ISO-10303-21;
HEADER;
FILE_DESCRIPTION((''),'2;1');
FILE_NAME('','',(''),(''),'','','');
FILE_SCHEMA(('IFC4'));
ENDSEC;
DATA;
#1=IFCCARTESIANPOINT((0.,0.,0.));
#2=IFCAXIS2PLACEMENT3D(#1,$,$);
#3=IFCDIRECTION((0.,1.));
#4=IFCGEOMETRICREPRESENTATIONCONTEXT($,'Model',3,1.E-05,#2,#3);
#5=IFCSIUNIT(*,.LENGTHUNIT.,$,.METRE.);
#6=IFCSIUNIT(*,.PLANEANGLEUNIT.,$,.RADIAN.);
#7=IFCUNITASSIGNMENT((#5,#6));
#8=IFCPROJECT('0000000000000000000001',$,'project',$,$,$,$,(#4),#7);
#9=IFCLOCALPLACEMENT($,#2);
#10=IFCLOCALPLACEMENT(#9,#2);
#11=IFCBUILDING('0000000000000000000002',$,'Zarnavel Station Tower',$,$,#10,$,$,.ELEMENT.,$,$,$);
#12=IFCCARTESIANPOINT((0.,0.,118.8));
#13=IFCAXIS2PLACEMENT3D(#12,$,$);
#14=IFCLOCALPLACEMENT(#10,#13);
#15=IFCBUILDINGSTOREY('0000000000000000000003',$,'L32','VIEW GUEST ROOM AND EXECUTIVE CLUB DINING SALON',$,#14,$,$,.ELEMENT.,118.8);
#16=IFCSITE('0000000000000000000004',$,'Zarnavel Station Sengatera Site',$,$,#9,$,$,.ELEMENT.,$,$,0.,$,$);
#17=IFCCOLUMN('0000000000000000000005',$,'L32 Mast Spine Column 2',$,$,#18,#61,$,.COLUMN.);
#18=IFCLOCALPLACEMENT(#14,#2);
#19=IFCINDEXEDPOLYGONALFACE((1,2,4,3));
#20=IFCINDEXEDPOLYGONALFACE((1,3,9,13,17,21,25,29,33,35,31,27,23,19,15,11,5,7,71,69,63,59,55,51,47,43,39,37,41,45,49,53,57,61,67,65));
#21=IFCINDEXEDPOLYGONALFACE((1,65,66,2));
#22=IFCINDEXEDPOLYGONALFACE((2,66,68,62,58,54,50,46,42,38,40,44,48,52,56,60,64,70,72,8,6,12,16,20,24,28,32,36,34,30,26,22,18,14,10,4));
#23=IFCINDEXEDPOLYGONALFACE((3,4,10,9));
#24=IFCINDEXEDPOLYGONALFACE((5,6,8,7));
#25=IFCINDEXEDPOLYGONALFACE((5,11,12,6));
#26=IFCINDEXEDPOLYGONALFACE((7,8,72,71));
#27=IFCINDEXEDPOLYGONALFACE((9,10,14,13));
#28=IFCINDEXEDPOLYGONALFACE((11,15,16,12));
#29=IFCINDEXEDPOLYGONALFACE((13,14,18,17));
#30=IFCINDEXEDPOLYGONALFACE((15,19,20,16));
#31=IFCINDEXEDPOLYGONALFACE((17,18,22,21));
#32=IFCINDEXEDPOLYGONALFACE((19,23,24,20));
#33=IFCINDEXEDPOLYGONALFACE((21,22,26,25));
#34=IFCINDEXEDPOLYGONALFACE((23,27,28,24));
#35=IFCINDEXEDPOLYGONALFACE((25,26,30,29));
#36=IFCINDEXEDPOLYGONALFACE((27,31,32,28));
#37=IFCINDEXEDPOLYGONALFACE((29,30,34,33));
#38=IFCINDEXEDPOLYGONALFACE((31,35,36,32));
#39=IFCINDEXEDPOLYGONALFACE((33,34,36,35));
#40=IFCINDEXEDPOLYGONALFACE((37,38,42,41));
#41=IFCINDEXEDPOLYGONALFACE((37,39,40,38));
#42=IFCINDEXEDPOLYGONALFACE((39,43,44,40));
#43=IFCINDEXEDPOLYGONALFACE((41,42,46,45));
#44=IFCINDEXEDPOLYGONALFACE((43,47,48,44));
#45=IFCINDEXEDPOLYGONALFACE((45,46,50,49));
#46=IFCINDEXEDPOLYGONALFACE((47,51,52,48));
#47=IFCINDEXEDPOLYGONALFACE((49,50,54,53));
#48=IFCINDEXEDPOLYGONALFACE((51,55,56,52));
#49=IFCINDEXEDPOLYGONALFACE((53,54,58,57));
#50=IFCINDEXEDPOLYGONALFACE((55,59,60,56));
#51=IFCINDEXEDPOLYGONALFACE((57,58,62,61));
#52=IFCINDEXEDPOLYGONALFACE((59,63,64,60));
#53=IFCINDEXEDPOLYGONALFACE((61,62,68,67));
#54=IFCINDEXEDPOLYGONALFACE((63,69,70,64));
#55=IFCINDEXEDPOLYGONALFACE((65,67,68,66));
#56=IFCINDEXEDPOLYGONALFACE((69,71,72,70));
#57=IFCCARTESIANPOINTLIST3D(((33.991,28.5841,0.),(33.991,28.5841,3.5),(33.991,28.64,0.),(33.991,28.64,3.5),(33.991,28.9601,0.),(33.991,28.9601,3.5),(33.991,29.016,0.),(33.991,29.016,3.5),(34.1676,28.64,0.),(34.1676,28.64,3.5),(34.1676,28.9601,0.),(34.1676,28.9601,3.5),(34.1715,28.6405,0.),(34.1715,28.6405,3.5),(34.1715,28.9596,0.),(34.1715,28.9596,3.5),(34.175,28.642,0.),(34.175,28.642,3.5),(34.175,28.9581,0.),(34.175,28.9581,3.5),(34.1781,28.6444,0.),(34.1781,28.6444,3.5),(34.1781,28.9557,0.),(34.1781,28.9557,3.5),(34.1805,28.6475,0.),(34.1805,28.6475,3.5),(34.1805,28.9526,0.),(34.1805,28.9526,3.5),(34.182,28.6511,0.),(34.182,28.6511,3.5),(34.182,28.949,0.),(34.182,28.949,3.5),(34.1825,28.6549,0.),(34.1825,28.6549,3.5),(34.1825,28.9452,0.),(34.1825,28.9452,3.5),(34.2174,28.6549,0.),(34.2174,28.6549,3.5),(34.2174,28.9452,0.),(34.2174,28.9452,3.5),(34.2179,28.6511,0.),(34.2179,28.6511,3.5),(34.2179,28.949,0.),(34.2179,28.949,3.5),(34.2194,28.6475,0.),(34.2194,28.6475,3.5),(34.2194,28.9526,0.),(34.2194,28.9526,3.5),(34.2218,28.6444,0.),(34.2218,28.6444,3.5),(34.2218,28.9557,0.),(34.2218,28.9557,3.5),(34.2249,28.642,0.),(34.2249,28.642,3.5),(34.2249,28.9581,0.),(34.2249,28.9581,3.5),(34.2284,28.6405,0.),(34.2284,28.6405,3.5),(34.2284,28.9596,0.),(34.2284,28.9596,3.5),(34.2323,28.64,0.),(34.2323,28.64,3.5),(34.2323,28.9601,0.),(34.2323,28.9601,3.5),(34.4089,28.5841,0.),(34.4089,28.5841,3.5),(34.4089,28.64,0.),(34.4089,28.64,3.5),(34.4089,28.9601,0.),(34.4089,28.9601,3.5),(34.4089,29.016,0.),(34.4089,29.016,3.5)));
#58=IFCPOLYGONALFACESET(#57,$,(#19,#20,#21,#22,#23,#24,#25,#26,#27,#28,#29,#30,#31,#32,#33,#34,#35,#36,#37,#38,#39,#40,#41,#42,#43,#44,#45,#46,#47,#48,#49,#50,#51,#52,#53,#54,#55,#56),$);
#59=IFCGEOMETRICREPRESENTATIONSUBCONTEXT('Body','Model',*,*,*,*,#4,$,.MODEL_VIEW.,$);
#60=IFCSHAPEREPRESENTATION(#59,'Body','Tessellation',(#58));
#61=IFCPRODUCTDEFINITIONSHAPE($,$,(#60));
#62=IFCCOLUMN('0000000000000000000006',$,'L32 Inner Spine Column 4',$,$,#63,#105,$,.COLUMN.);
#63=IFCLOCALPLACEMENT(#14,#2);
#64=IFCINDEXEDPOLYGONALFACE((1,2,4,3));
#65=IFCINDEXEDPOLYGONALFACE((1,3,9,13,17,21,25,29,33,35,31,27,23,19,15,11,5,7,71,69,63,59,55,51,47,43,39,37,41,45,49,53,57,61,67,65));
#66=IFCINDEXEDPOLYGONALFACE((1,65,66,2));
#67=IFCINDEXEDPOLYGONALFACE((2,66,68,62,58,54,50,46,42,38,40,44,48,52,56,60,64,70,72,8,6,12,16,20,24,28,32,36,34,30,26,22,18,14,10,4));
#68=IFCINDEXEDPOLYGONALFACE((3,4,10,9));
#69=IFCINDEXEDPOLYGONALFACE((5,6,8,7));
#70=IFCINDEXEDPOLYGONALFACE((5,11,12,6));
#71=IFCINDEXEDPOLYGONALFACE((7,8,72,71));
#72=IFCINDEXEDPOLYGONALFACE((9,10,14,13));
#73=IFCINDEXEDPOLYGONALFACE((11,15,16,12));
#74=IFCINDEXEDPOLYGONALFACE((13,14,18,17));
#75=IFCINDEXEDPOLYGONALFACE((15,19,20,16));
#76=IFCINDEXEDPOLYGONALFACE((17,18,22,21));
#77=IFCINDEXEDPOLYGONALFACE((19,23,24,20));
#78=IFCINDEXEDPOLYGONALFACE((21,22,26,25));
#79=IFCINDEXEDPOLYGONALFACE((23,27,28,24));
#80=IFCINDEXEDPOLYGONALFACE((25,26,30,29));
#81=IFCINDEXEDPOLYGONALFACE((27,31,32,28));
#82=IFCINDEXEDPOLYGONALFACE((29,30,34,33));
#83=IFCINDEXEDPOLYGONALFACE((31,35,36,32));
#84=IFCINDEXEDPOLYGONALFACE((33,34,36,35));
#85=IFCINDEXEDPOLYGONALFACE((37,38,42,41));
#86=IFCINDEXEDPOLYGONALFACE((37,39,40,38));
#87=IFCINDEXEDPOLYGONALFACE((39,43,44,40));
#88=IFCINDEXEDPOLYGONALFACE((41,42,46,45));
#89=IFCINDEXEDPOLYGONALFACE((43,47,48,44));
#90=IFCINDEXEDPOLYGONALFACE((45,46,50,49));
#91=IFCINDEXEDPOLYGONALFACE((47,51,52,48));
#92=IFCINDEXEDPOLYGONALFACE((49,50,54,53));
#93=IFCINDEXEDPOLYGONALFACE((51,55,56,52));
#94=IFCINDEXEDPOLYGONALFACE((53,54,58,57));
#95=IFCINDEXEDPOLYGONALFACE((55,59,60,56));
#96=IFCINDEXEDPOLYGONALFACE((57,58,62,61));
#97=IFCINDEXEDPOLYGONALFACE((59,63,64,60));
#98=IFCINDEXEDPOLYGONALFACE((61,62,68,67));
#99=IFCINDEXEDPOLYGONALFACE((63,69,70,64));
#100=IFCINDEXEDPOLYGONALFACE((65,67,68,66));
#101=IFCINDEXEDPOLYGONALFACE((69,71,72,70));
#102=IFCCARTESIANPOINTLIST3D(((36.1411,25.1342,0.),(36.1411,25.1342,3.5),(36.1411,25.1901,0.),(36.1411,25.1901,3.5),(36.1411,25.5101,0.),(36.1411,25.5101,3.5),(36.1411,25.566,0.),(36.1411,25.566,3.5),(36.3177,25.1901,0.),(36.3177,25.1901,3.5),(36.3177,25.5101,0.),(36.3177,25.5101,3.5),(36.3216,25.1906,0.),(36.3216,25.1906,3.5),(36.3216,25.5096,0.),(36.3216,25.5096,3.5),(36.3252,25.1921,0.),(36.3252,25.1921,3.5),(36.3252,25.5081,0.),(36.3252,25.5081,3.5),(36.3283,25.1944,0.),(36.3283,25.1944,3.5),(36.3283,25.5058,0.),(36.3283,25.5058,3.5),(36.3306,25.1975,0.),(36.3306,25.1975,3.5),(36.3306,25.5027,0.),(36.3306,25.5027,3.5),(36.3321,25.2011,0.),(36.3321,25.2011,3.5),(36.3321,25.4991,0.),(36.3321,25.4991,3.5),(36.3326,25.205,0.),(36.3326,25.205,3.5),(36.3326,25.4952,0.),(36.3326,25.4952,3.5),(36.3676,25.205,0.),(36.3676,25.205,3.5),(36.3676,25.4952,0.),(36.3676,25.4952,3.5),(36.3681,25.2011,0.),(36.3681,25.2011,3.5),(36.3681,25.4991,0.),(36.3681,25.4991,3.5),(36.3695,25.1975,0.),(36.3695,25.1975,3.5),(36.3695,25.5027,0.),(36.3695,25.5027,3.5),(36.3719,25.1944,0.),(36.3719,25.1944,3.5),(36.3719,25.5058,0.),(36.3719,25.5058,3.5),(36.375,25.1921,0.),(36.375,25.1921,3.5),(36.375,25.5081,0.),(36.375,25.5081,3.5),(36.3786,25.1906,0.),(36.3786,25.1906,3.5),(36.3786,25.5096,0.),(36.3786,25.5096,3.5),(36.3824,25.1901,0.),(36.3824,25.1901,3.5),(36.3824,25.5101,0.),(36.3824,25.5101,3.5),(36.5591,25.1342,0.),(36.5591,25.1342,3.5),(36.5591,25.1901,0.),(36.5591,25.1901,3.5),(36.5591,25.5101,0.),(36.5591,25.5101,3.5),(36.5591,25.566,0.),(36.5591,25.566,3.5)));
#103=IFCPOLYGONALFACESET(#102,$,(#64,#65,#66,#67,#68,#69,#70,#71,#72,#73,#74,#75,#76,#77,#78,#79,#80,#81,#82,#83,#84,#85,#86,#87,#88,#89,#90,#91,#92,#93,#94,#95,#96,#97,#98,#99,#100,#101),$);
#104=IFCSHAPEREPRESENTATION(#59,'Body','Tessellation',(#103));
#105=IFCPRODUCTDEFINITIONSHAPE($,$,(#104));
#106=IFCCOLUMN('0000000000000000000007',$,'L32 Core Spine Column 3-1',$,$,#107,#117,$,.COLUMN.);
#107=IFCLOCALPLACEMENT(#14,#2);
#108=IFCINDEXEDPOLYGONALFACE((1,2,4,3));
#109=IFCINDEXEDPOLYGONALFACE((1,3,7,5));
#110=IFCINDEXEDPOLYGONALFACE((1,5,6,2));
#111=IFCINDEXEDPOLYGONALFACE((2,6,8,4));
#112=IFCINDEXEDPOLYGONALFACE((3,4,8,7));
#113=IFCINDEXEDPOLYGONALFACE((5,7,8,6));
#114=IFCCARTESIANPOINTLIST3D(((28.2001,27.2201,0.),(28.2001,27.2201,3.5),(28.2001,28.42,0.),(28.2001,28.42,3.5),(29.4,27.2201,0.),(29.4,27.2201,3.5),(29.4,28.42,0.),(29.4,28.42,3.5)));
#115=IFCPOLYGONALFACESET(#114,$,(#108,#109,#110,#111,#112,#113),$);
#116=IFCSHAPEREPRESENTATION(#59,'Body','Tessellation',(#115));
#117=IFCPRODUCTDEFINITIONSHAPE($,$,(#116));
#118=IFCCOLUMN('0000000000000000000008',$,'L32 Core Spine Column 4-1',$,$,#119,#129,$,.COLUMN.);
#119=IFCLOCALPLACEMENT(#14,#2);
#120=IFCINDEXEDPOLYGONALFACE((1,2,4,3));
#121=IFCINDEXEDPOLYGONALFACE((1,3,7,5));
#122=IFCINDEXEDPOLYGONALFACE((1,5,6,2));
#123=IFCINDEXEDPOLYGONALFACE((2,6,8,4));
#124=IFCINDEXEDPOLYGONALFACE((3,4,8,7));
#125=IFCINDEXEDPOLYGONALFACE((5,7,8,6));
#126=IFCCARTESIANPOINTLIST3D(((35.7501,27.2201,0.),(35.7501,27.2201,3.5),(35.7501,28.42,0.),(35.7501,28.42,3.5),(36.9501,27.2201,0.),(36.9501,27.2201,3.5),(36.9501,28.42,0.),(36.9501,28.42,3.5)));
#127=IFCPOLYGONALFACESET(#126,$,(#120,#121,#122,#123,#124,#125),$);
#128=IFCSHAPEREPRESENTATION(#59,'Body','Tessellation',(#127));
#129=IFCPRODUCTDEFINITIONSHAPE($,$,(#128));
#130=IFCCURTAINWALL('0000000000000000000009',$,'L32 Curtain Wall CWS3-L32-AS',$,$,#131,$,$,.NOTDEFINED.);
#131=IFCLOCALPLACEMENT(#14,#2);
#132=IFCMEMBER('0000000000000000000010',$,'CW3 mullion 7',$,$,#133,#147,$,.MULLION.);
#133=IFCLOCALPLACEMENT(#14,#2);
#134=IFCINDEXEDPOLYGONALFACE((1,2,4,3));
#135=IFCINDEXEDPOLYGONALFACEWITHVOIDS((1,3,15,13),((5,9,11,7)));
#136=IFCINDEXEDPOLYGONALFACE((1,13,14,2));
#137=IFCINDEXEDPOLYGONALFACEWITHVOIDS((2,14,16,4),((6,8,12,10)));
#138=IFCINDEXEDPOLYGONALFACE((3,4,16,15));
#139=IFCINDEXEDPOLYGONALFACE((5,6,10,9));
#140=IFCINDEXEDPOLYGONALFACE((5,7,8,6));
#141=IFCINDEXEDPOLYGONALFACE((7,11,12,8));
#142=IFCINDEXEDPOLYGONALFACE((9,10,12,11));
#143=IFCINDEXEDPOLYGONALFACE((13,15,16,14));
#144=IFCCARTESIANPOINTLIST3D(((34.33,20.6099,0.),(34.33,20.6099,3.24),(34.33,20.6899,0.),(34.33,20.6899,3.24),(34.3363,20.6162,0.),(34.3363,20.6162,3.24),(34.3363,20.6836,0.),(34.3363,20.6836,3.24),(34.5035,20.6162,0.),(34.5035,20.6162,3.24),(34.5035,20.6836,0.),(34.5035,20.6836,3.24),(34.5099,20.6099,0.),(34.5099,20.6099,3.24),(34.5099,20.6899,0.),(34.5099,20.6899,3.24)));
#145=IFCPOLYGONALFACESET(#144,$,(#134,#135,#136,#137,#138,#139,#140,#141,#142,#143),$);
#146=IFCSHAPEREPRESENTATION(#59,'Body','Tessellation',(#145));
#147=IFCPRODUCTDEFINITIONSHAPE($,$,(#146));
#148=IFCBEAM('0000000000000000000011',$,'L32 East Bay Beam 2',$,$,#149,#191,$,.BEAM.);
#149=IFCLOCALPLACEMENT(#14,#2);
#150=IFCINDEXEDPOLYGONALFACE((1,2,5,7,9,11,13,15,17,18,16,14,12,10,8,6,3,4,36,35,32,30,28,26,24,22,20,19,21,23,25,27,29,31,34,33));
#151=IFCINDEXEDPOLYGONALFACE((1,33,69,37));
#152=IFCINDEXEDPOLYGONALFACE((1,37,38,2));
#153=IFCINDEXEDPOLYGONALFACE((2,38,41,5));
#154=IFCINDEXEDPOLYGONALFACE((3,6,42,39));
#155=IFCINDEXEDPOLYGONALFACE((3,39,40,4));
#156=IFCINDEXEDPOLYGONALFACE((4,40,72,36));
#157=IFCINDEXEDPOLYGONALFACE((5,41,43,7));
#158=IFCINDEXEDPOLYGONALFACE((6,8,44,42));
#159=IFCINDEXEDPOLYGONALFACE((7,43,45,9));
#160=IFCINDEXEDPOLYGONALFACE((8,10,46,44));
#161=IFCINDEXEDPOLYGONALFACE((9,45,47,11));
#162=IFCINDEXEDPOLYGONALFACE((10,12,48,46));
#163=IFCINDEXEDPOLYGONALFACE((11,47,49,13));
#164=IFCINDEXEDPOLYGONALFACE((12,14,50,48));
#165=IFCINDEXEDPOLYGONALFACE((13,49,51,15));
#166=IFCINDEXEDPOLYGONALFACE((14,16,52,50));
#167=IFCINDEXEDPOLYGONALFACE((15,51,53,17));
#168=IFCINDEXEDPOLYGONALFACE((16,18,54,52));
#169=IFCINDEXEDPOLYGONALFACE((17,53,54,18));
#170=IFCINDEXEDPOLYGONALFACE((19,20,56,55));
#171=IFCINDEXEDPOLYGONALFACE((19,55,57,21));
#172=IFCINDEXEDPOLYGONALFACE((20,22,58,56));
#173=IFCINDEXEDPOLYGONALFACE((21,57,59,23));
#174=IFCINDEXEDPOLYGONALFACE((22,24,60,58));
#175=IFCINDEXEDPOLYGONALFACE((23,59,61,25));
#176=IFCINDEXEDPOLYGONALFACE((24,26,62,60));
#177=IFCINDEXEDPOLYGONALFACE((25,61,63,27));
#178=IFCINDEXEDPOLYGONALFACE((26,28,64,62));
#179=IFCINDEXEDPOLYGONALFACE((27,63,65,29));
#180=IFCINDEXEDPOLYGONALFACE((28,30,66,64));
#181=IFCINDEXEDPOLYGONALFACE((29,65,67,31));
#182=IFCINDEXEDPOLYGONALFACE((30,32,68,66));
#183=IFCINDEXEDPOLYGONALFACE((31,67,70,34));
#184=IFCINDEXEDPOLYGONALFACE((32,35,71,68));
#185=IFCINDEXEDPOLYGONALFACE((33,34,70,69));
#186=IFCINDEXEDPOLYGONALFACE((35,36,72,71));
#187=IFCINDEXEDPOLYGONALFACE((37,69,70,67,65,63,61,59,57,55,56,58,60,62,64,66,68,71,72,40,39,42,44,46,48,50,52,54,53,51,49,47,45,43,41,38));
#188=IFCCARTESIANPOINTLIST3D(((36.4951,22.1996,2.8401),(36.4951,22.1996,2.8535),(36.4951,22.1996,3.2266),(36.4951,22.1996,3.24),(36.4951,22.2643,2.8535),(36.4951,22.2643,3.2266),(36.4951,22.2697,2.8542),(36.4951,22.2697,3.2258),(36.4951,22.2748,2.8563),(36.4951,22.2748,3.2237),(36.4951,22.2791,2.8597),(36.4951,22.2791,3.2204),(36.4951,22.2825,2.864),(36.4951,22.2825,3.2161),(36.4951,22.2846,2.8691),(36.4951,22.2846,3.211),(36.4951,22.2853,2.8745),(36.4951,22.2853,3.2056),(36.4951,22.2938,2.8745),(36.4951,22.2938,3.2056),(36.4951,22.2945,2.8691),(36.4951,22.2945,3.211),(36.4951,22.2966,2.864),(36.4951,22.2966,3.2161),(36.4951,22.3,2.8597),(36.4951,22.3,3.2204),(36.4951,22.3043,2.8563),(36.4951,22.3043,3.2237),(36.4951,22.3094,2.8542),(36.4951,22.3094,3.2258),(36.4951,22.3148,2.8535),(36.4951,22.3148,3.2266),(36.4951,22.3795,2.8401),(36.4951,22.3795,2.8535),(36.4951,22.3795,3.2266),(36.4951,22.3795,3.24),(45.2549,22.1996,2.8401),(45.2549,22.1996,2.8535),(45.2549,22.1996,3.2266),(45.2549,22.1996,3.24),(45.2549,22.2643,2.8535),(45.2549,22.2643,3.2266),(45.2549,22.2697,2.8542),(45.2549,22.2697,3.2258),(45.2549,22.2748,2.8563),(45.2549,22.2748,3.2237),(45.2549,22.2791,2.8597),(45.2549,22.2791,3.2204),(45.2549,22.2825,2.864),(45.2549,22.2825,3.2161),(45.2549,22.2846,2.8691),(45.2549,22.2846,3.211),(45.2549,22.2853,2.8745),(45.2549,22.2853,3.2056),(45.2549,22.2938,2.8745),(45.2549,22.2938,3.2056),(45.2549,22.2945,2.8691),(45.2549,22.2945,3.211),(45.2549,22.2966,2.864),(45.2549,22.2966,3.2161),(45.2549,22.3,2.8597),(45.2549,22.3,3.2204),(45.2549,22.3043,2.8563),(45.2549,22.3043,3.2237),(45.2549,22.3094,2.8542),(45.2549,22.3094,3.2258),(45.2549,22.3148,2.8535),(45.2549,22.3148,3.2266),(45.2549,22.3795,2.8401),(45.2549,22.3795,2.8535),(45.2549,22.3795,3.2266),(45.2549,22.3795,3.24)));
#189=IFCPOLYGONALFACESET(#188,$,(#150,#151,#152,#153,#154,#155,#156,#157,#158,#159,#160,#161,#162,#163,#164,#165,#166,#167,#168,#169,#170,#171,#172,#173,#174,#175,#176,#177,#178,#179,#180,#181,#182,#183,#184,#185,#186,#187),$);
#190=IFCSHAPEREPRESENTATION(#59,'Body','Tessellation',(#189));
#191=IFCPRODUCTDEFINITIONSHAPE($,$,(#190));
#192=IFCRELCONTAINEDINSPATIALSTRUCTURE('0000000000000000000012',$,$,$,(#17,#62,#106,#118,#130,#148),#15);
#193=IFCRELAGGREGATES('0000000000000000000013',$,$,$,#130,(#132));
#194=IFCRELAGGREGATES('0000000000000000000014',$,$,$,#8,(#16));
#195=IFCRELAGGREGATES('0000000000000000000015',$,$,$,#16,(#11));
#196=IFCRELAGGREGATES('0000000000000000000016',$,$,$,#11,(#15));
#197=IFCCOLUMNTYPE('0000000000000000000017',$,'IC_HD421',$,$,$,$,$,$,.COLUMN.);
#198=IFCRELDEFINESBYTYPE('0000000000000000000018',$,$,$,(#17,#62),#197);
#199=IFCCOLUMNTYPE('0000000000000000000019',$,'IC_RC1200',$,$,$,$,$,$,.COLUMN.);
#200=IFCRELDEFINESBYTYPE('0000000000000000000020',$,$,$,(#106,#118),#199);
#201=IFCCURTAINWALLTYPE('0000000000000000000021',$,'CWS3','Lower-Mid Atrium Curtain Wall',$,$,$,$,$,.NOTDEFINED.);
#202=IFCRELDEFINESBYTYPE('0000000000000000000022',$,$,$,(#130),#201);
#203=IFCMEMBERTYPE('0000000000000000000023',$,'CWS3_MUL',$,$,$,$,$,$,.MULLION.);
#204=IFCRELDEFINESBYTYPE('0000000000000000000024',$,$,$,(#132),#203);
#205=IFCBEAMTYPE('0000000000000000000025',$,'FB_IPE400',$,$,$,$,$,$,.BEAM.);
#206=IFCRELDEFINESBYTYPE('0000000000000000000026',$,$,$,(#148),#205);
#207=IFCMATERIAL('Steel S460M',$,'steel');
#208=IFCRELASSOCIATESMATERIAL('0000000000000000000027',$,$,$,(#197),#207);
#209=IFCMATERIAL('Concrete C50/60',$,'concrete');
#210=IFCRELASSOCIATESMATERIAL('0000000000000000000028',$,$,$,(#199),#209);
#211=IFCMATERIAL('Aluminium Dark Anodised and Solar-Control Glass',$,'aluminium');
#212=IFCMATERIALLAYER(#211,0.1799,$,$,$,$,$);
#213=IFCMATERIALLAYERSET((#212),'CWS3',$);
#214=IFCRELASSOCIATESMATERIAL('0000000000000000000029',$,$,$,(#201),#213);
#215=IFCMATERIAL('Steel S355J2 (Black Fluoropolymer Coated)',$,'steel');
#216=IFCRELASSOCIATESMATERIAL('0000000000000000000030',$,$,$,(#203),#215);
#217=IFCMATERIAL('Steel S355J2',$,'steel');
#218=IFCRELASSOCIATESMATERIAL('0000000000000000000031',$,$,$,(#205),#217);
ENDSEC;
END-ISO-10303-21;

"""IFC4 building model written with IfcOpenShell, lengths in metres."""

from ifc_helpers import new_model, si_unit, direction, frame, origin, origin_2d, place, context, subcontext, project, spatial, rectangle, hollow_rectangle, i_section, extrude, material, layer, layer_set, material_profile, profile_set, type_object, element, aggregate, save


model = new_model("IFC4")

# Units and contexts
model_context = context("Model", 3, precision=1e-05, world=origin(), true_north=direction((0.0, 1.0)))
body_context = subcontext(model_context, "Body", "Model", "MODEL_VIEW")
ifc_project = project(units=[si_unit("LENGTHUNIT", "METRE"), si_unit("PLANEANGLEUNIT", "RADIAN")], contexts=[model_context])

# Site, building, storey
site_placement = place(None, origin())
site = spatial("IfcSite", under=ifc_project, at=site_placement, Name="Zarnavel Station Sengatera Site", CompositionType="ELEMENT", RefElevation=0.0)
building_placement = place(site_placement, origin())
building = spatial("IfcBuilding", under=site, at=building_placement, Name="Zarnavel Station Tower", CompositionType="ELEMENT")
storey_placement = place(building_placement, frame((0.0, 0.0, 118.8)))
storey = spatial("IfcBuildingStorey", under=building, at=storey_placement, Name="L32", Description="VIEW GUEST ROOM AND EXECUTIVE CLUB DINING SALON", CompositionType="ELEMENT", Elevation=118.8)

# Columns
ifc_material_1 = material(Name="Steel S460M", Category="steel")
ifc_material_profile_1 = material_profile(ifc_material_1, i_section(OverallWidth=0.418, OverallDepth=0.4319, WebThickness=0.0349, FlangeThickness=0.0559, FilletRadius=0.0149, at=origin_2d()), Name="HD400x421")
ifc_profile_set_1 = profile_set([ifc_material_profile_1], Name="Steel S460M")
column_type_1 = type_object("IfcColumnType", Name="IC_HD421", PredefinedType="COLUMN", material=ifc_profile_set_1)
for number, where, z_axis, x_axis, name in (
    (1, (34.2, 28.8, 0.0), (0.0, 0.0, 1.0), (1.0, 0.0, 0.0), "L32 Mast Spine Column 2"),
    (2, (36.3501, 25.3501, 0.0), (0.0, 0.0, 1.0), (1.0, 0.0, 0.0), "L32 Inner Spine Column 4"),
):
    element("IfcColumn", number, at=place(storey_placement, frame(where, z_axis=z_axis, x_axis=x_axis)), inside=storey, type_object=column_type_1, Name=name, PredefinedType="COLUMN", context=body_context, shape_type="SweptSolid", body=[
        extrude(i_section(OverallWidth=0.418, OverallDepth=0.4319, WebThickness=0.0349, FlangeThickness=0.0559, FilletRadius=0.0149, at=origin_2d()), origin(), (0.0, 0.0, 1.0), 3.5),
    ])
ifc_material_2 = material(Name="Concrete C50/60", Category="concrete")
ifc_material_profile_2 = material_profile(ifc_material_2, rectangle(XDim=1.2, YDim=1.2, at=origin_2d()), Name="RC1200x1200")
ifc_profile_set_2 = profile_set([ifc_material_profile_2], Name="Concrete C50/60")
column_type_2 = type_object("IfcColumnType", Name="IC_RC1200", PredefinedType="COLUMN", material=ifc_profile_set_2)
for number, where, z_axis, x_axis, name in (
    (3, (28.8, 27.8201, 0.0), (0.0, 0.0, 1.0), (1.0, 0.0, 0.0), "L32 Core Spine Column 3-1"),
    (4, (36.3501, 27.8201, 0.0), (0.0, 0.0, 1.0), (1.0, 0.0, 0.0), "L32 Core Spine Column 4-1"),
):
    element("IfcColumn", number, at=place(storey_placement, frame(where, z_axis=z_axis, x_axis=x_axis)), inside=storey, type_object=column_type_2, Name=name, PredefinedType="COLUMN", context=body_context, shape_type="SweptSolid", body=[
        extrude(rectangle(XDim=1.2, YDim=1.2, at=origin_2d()), origin(), (0.0, 0.0, 1.0), 3.5),
    ])

# Curtain wall, member
ifc_material_3 = material(Name="Aluminium Dark Anodised and Solar-Control Glass", Category="aluminium")
ifc_layer_1 = layer(ifc_material_3, 0.1799)
ifc_layer_set_1 = layer_set([ifc_layer_1], Name="CWS3")
curtain_wall_type = type_object("IfcCurtainWallType", Name="CWS3", Description="Lower-Mid Atrium Curtain Wall", PredefinedType="NOTDEFINED", material=ifc_layer_set_1)
curtain_wall_placement = place(storey_placement, origin())
curtain_wall = element("IfcCurtainWall", 5, at=curtain_wall_placement, inside=storey, type_object=curtain_wall_type, Name="L32 Curtain Wall CWS3-L32-AS", PredefinedType="NOTDEFINED")
ifc_material_4 = material(Name="Steel S355J2 (Black Fluoropolymer Coated)", Category="steel")
ifc_material_profile_3 = material_profile(ifc_material_4, hollow_rectangle(XDim=0.0801, YDim=0.1799, WallThickness=0.0063, at=origin_2d()), Name="RHS180x80x6.3")
ifc_profile_set_3 = profile_set([ifc_material_profile_3], Name="Steel S355J2 (Black Fluoropolymer Coated)")
member_type = type_object("IfcMemberType", Name="CWS3_MUL", PredefinedType="MULLION", material=ifc_profile_set_3)
member_placement = place(storey_placement, frame((34.4199, 20.6499, 0.0), z_axis=(0.0, 0.0, 1.0), x_axis=(0.0, 1.0, 0.0)))
member = element("IfcMember", 6, at=member_placement, type_object=member_type, Name="CW3 mullion 7", PredefinedType="MULLION", context=body_context, shape_type="SweptSolid", body=[
    extrude(hollow_rectangle(XDim=0.0801, YDim=0.1799, WallThickness=0.0063, at=origin_2d()), origin(), (0.0, 0.0, 1.0), 3.24),
])

# Beam
ifc_material_5 = material(Name="Steel S355J2", Category="steel")
ifc_material_profile_4 = material_profile(ifc_material_5, i_section(OverallWidth=0.1799, OverallDepth=0.3999, WebThickness=0.0085, FlangeThickness=0.0134, FilletRadius=0.021, at=origin_2d()), Name="IPE400")
ifc_profile_set_4 = profile_set([ifc_material_profile_4], Name="Steel S355J2")
beam_type_1 = type_object("IfcBeamType", Name="FB_IPE400", PredefinedType="BEAM", material=ifc_profile_set_4)
beam_1_placement = place(storey_placement, frame((36.4951, 22.2896, 3.04), z_axis=(1.0, 0.0, 0.0), x_axis=(0.0, 1.0, 0.0)))
element("IfcBeam", 7, at=beam_1_placement, inside=storey, type_object=beam_type_1, Name="L32 East Bay Beam 2", PredefinedType="BEAM", context=body_context, shape_type="SweptSolid", body=[
    extrude(i_section(OverallWidth=0.1799, OverallDepth=0.3999, WebThickness=0.0085, FlangeThickness=0.0134, FilletRadius=0.021, at=origin_2d()), origin(), (0.0, 0.0, 1.0), 8.7598),
])

aggregate(curtain_wall, [member])

save(model, "model.ifc")
